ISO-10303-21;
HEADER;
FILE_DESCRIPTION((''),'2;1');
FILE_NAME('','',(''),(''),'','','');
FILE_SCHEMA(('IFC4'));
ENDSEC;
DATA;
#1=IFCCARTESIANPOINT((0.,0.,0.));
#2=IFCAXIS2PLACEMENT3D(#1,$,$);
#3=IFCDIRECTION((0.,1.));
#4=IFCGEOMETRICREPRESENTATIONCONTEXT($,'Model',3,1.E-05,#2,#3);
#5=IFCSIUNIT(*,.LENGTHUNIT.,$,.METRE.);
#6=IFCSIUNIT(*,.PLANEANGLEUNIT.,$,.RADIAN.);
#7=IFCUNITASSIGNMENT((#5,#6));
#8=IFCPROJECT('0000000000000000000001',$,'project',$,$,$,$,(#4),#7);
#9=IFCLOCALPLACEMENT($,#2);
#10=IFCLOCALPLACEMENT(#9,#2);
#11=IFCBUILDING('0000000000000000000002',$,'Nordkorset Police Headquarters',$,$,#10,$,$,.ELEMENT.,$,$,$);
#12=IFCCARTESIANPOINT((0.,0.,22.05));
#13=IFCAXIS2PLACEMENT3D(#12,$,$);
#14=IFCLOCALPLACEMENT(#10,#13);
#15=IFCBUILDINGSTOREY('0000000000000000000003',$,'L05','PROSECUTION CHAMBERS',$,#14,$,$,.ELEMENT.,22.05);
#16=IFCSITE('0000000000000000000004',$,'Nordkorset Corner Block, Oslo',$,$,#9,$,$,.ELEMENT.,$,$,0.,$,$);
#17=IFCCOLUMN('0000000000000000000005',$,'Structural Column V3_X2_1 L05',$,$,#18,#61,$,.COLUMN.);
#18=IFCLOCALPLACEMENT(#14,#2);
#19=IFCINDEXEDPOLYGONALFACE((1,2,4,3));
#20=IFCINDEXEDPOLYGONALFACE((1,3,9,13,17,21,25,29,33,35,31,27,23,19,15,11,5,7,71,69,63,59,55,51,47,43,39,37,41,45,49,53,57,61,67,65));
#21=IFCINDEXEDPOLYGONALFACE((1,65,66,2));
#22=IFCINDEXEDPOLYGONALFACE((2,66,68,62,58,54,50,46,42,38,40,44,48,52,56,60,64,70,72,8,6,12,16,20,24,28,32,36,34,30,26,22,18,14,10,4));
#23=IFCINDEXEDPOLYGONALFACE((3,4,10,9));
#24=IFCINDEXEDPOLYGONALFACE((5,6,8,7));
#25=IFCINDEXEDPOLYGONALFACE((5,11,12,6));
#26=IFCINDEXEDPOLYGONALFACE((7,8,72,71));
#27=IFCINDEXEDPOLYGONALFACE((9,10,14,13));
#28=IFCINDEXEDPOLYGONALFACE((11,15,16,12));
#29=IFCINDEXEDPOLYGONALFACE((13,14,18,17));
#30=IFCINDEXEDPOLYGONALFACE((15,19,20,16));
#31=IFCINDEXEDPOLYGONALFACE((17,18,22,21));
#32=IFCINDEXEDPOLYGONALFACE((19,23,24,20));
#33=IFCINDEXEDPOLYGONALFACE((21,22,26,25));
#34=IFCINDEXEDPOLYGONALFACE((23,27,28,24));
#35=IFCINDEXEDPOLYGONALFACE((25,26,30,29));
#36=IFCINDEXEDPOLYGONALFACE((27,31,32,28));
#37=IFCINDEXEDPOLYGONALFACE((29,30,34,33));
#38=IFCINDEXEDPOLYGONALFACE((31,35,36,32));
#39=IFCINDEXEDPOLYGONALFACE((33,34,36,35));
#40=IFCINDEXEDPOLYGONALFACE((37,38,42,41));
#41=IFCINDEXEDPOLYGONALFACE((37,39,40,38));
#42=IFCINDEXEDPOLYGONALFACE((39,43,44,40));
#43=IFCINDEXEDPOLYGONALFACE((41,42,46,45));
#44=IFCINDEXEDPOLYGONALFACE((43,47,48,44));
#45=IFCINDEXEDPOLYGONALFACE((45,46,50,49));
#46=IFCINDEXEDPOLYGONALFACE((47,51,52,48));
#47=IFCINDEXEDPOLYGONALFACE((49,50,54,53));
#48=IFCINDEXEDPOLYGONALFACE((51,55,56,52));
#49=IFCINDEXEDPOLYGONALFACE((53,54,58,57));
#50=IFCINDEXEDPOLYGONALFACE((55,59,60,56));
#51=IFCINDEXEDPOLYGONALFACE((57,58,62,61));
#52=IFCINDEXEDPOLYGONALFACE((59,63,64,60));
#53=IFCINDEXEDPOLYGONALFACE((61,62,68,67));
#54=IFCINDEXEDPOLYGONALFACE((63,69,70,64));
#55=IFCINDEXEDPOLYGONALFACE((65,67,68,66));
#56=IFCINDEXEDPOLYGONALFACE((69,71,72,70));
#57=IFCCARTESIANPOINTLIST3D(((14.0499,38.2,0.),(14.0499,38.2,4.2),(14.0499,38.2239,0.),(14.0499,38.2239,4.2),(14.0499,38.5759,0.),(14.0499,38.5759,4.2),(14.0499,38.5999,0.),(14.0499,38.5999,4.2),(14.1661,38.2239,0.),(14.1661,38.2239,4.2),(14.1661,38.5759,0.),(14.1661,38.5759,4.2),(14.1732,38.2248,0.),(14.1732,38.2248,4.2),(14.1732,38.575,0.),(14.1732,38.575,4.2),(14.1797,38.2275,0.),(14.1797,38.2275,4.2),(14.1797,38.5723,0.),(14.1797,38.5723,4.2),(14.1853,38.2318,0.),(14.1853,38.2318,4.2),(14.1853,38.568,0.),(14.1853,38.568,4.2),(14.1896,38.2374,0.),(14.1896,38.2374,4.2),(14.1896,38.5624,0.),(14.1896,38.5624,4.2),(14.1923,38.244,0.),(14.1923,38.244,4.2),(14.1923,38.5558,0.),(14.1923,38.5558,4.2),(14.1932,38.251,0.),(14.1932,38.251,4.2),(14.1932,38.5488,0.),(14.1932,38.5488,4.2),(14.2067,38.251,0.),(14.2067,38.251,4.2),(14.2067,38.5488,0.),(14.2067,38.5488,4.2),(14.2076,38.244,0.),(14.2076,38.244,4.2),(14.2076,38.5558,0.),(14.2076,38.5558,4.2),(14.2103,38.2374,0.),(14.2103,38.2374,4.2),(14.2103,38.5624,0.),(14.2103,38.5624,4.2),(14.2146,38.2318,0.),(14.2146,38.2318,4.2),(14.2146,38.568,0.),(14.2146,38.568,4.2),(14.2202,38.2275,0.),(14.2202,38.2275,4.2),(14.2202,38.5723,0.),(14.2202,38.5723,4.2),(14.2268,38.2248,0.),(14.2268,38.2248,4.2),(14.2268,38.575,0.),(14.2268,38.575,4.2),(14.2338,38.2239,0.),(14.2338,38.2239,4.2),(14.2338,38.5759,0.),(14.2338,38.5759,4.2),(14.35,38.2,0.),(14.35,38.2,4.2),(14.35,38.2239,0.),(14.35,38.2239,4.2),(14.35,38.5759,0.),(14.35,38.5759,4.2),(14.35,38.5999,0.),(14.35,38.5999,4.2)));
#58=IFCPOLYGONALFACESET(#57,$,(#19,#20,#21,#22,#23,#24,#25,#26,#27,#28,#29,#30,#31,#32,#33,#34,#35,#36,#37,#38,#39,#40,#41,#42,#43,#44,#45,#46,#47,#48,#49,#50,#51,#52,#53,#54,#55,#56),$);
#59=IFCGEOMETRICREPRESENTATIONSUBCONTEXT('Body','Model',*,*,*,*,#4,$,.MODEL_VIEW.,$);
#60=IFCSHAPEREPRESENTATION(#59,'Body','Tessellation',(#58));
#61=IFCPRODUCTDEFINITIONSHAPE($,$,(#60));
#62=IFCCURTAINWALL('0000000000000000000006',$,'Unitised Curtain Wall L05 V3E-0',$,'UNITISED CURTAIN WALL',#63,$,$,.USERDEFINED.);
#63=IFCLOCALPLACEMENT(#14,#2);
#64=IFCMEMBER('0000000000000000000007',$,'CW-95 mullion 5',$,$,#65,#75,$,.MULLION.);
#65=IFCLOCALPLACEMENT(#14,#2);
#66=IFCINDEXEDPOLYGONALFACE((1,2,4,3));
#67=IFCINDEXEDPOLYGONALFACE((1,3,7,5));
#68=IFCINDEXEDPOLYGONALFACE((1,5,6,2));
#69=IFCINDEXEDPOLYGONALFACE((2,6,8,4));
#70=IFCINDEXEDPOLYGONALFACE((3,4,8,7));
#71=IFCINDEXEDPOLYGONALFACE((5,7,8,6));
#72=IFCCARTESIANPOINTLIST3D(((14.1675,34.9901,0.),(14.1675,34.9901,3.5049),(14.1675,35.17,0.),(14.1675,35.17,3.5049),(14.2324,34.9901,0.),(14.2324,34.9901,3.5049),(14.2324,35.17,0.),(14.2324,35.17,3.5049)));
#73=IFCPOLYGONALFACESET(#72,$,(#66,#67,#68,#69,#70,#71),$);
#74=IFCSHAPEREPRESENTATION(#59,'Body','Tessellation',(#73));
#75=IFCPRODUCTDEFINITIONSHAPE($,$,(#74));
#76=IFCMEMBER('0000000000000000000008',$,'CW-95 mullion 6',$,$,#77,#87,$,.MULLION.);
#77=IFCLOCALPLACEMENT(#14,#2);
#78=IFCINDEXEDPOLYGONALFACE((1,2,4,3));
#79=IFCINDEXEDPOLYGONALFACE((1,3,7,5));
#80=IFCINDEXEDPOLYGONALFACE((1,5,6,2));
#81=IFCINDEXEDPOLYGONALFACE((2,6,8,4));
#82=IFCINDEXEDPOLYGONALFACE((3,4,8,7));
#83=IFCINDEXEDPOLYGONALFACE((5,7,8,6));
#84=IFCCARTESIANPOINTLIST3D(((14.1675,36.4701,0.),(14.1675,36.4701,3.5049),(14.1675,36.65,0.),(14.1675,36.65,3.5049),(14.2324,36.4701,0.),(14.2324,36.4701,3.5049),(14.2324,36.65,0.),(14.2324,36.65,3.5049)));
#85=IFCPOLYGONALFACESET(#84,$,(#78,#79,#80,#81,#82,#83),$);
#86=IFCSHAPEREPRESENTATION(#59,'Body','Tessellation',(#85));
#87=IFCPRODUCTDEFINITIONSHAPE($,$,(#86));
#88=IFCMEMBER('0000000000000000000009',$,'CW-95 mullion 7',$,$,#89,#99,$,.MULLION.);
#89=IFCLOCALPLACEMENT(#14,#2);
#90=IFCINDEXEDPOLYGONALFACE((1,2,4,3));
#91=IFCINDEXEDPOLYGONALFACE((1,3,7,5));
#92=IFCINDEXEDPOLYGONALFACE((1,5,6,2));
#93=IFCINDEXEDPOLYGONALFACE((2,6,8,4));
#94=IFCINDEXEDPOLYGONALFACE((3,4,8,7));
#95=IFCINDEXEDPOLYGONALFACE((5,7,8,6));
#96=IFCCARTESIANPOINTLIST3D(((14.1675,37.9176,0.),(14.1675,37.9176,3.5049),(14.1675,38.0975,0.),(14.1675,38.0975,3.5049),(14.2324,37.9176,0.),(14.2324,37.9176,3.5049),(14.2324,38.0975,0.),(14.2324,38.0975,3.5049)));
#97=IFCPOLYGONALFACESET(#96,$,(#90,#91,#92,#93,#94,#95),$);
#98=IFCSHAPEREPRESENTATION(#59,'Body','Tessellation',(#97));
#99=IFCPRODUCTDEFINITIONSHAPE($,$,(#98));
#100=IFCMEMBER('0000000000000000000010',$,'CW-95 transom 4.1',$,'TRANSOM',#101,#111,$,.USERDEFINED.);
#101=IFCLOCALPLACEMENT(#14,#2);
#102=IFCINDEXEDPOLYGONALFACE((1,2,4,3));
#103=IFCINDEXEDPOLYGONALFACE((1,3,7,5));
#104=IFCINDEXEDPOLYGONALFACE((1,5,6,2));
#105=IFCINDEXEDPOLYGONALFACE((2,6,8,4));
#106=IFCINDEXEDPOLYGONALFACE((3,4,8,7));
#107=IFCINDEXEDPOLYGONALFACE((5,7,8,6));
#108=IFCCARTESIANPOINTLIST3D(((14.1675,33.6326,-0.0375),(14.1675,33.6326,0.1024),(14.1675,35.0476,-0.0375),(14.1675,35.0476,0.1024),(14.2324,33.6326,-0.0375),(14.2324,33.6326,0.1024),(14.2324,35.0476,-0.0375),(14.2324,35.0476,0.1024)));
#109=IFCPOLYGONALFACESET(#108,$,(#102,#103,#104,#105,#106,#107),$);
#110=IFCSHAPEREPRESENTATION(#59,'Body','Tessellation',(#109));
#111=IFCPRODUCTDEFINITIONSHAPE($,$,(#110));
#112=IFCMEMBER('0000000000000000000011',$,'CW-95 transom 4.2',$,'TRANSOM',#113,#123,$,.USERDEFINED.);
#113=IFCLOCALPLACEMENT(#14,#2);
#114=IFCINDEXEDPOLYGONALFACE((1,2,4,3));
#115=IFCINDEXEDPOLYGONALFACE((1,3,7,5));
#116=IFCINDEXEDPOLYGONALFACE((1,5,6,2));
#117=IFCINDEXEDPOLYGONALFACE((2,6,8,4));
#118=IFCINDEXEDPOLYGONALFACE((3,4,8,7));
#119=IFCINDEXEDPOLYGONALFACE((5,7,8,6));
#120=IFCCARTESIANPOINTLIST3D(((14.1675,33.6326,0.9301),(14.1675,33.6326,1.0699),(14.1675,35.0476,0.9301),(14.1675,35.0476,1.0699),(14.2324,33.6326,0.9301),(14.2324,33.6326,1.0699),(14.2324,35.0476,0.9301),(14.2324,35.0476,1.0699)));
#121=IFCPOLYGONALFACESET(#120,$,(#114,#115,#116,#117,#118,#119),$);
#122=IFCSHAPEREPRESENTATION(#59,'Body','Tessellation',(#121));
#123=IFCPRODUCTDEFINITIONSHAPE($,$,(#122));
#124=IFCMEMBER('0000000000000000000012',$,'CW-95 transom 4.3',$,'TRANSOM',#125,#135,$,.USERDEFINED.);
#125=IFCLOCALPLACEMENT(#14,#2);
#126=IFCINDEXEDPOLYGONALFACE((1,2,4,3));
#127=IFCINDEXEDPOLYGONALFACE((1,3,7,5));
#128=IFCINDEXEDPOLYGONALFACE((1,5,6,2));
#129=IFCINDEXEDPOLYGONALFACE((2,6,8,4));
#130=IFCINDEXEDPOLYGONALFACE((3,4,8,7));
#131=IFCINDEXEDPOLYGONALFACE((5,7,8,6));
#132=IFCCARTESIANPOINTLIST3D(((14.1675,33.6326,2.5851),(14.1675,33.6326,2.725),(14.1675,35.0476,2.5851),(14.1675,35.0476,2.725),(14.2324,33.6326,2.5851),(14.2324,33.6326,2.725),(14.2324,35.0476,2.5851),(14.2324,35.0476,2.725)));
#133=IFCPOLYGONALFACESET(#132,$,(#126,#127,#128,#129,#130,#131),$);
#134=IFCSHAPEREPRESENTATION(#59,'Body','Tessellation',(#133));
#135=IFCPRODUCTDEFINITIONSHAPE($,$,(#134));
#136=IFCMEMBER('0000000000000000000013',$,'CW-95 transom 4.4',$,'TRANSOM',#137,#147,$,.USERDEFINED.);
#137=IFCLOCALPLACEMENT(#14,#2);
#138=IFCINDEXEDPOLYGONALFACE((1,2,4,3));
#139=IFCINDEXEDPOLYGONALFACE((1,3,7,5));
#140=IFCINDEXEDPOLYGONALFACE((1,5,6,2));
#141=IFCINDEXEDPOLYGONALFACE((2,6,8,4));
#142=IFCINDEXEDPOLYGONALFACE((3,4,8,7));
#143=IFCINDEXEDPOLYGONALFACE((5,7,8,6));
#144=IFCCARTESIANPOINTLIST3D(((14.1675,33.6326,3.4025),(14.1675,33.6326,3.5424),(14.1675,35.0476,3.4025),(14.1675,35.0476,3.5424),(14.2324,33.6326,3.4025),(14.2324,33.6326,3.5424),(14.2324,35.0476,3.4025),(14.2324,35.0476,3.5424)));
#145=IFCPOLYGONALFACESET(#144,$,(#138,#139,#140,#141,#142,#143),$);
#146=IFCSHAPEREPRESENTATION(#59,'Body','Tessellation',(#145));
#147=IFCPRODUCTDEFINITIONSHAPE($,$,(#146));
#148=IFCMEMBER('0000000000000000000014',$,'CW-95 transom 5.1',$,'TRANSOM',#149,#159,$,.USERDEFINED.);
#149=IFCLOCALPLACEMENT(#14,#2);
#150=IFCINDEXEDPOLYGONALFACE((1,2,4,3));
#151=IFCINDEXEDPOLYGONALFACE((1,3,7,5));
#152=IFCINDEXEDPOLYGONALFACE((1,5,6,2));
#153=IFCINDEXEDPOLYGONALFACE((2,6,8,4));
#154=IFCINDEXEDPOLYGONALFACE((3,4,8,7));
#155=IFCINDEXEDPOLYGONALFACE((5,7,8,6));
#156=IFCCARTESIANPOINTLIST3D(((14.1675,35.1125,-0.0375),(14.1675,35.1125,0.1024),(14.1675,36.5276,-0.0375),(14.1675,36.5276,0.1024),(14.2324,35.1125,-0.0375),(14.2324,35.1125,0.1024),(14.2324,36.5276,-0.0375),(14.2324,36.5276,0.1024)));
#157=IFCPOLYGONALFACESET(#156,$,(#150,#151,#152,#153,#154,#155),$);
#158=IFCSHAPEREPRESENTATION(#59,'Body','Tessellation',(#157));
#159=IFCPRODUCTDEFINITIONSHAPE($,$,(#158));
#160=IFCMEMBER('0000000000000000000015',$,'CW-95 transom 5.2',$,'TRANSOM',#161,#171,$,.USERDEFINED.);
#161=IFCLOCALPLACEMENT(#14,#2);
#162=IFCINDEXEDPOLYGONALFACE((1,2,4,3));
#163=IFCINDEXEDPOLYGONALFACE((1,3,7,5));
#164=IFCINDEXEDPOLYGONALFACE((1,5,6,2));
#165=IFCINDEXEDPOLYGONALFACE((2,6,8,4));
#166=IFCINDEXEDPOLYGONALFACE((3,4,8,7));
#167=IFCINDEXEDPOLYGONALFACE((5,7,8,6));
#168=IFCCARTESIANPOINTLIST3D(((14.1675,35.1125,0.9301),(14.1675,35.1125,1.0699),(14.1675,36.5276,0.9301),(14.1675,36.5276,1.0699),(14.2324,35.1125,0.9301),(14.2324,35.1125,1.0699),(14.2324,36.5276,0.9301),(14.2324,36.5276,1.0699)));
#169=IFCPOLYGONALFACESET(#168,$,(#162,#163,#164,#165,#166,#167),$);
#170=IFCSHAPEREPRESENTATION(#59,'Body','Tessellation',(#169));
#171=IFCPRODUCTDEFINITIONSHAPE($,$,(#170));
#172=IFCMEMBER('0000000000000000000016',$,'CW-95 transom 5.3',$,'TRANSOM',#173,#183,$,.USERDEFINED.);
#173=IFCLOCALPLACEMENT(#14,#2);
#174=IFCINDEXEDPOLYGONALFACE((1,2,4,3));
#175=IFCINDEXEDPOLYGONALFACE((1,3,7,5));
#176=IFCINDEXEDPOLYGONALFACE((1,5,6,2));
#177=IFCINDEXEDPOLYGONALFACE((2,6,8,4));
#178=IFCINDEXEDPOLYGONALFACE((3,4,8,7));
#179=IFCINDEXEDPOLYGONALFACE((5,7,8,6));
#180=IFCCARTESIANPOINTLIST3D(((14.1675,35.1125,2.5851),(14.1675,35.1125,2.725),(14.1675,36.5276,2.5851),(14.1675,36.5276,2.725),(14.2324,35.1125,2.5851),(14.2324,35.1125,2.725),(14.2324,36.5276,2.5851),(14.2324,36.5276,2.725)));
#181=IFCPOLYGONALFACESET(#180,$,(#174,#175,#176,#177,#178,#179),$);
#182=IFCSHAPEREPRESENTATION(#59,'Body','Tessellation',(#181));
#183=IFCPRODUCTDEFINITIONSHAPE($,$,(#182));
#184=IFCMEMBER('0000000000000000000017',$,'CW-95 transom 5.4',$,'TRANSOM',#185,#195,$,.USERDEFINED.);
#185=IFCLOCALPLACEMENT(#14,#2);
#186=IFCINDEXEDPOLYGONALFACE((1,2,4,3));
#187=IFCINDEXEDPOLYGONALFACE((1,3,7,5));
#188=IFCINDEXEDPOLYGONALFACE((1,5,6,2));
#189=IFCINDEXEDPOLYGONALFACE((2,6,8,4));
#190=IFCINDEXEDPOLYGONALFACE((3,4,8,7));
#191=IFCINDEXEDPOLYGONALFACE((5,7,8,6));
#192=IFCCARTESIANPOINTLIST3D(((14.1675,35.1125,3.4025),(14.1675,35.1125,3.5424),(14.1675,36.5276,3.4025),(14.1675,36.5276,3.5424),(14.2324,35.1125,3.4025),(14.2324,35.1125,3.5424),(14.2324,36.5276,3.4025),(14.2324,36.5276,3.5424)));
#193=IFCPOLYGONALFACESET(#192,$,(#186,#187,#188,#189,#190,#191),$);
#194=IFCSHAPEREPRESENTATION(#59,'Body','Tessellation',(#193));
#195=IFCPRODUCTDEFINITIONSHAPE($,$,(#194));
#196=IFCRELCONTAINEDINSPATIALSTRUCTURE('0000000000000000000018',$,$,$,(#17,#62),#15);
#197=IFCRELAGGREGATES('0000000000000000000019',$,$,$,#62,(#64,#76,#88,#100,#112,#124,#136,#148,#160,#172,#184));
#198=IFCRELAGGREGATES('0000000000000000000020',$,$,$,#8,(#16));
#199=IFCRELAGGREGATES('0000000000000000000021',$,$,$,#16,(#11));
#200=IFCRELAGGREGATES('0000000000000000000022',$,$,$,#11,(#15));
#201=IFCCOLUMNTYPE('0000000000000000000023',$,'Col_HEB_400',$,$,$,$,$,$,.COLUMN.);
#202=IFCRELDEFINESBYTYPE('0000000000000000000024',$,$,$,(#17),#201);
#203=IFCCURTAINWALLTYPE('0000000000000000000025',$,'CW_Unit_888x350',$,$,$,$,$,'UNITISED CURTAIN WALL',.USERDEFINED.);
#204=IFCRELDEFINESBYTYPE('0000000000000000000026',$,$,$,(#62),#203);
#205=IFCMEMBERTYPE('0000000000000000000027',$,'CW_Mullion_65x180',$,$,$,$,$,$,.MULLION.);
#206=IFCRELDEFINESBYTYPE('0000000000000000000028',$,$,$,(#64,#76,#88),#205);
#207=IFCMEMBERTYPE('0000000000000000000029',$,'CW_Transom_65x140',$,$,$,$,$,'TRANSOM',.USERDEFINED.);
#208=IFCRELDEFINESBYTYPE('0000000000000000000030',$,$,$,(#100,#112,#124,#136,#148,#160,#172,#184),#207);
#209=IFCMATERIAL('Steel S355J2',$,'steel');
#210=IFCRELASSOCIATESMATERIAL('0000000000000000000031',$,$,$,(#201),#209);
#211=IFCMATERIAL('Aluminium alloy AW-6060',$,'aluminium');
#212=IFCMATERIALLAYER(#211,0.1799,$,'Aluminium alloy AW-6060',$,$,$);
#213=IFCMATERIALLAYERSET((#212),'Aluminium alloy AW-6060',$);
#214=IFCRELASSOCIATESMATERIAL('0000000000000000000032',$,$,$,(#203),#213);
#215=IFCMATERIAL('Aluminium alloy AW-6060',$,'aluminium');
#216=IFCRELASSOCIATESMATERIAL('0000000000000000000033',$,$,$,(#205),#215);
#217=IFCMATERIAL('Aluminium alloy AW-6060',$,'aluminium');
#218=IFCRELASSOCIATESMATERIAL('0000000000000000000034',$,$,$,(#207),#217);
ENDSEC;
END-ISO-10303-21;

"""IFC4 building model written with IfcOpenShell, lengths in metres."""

from ifc_helpers import new_model, si_unit, direction, frame, origin, origin_2d, place, context, subcontext, project, spatial, rectangle, i_section, extrude, material, layer, layer_set, material_profile, profile_set, type_object, element, aggregate, save


model = new_model("IFC4")

# Units and contexts
model_context = context("Model", 3, precision=1e-05, world=origin(), true_north=direction((0.0, 1.0)))
body_context = subcontext(model_context, "Body", "Model", "MODEL_VIEW")
ifc_project = project(units=[si_unit("LENGTHUNIT", "METRE"), si_unit("PLANEANGLEUNIT", "RADIAN")], contexts=[model_context])

# Site, building, storey
site_placement = place(None, origin())
site = spatial("IfcSite", under=ifc_project, at=site_placement, Name="Nordkorset Corner Block, Oslo", CompositionType="ELEMENT", RefElevation=0.0)
building_placement = place(site_placement, origin())
building = spatial("IfcBuilding", under=site, at=building_placement, Name="Nordkorset Police Headquarters", CompositionType="ELEMENT")
storey_placement = place(building_placement, frame((0.0, 0.0, 22.05)))
storey = spatial("IfcBuildingStorey", under=building, at=storey_placement, Name="L05", Description="PROSECUTION CHAMBERS", CompositionType="ELEMENT", Elevation=22.05)

# Column
ifc_material_1 = material(Name="Steel S355J2", Category="steel")
ifc_material_profile_1 = material_profile(ifc_material_1, i_section(OverallWidth=0.3, OverallDepth=0.3999, WebThickness=0.0134, FlangeThickness=0.0239, FilletRadius=0.0271, at=origin_2d()), Name="HEB 400")
ifc_profile_set_1 = profile_set([ifc_material_profile_1], Name="Steel S355J2")
column_type = type_object("IfcColumnType", Name="Col_HEB_400", PredefinedType="COLUMN", material=ifc_profile_set_1)
column_placement = place(storey_placement, frame((14.2, 38.3999, 0.0), z_axis=(0.0, 0.0, 1.0), x_axis=(1.0, 0.0, 0.0)))
element("IfcColumn", 1, at=column_placement, inside=storey, type_object=column_type, Name="Structural Column V3_X2_1 L05", PredefinedType="COLUMN", context=body_context, shape_type="SweptSolid", body=[
    extrude(i_section(OverallWidth=0.3, OverallDepth=0.3999, WebThickness=0.0134, FlangeThickness=0.0239, FilletRadius=0.0271, at=origin_2d()), origin(), (0.0, 0.0, 1.0), 4.2),
])

# Curtain wall, members
ifc_material_2 = material(Name="Aluminium alloy AW-6060", Category="aluminium")
ifc_layer_1 = layer(ifc_material_2, 0.1799, Name="Aluminium alloy AW-6060")
ifc_layer_set_1 = layer_set([ifc_layer_1], Name="Aluminium alloy AW-6060")
curtain_wall_type = type_object("IfcCurtainWallType", Name="CW_Unit_888x350", ElementType="UNITISED CURTAIN WALL", PredefinedType="USERDEFINED", material=ifc_layer_set_1)
curtain_wall_placement = place(storey_placement, origin())
curtain_wall = element("IfcCurtainWall", 2, at=curtain_wall_placement, inside=storey, type_object=curtain_wall_type, Name="Unitised Curtain Wall L05 V3E-0", ObjectType="UNITISED CURTAIN WALL", PredefinedType="USERDEFINED")
ifc_material_3 = material(Name="Aluminium alloy AW-6060", Category="aluminium")
ifc_material_profile_2 = material_profile(ifc_material_3, rectangle(XDim=0.0649, YDim=0.1799, at=origin_2d()), Name="ALU MULL 65x180")
ifc_profile_set_2 = profile_set([ifc_material_profile_2], Name="Aluminium alloy AW-6060")
member_type_1 = type_object("IfcMemberType", Name="CW_Mullion_65x180", PredefinedType="MULLION", material=ifc_profile_set_2)
member_1_placement = place(storey_placement, frame((14.2, 35.0801, 0.0), z_axis=(0.0, 0.0, 1.0), x_axis=(-1.0, 0.0, 0.0)))
member_1 = element("IfcMember", 3, at=member_1_placement, type_object=member_type_1, Name="CW-95 mullion 5", PredefinedType="MULLION", context=body_context, shape_type="SweptSolid", body=[
    extrude(rectangle(XDim=0.0649, YDim=0.1799, at=origin_2d()), origin(), (0.0, 0.0, 1.0), 3.5049),
])
member_2_placement = place(storey_placement, frame((14.2, 36.5601, 0.0), z_axis=(0.0, 0.0, 1.0), x_axis=(-1.0, 0.0, 0.0)))
member_2 = element("IfcMember", 4, at=member_2_placement, type_object=member_type_1, Name="CW-95 mullion 6", PredefinedType="MULLION", context=body_context, shape_type="SweptSolid", body=[
    extrude(rectangle(XDim=0.0649, YDim=0.1799, at=origin_2d()), origin(), (0.0, 0.0, 1.0), 3.5049),
])
member_3_placement = place(storey_placement, frame((14.2, 38.0076, 0.0), z_axis=(0.0, 0.0, 1.0), x_axis=(-1.0, 0.0, 0.0)))
member_3 = element("IfcMember", 5, at=member_3_placement, type_object=member_type_1, Name="CW-95 mullion 7", PredefinedType="MULLION", context=body_context, shape_type="SweptSolid", body=[
    extrude(rectangle(XDim=0.0649, YDim=0.1799, at=origin_2d()), origin(), (0.0, 0.0, 1.0), 3.5049),
])
ifc_material_4 = material(Name="Aluminium alloy AW-6060", Category="aluminium")
ifc_material_profile_3 = material_profile(ifc_material_4, rectangle(XDim=0.0649, YDim=0.1399, at=origin_2d()), Name="ALU TRAN 65x140")
ifc_profile_set_3 = profile_set([ifc_material_profile_3], Name="Aluminium alloy AW-6060")
member_type_2 = type_object("IfcMemberType", Name="CW_Transom_65x140", ElementType="TRANSOM", PredefinedType="USERDEFINED", material=ifc_profile_set_3)
member_4_placement = place(storey_placement, frame((14.2, 33.6326, 0.0325), z_axis=(0.0, 1.0, 0.0), x_axis=(-1.0, 0.0, 0.0)))
member_4 = element("IfcMember", 6, at=member_4_placement, type_object=member_type_2, Name="CW-95 transom 4.1", ObjectType="TRANSOM", PredefinedType="USERDEFINED", context=body_context, shape_type="SweptSolid", body=[
    extrude(rectangle(XDim=0.0649, YDim=0.1399, at=origin_2d()), origin(), (0.0, 0.0, 1.0), 1.415),
])
member_5_placement = place(storey_placement, frame((14.2, 33.6326, 1.0), z_axis=(0.0, 1.0, 0.0), x_axis=(-1.0, 0.0, 0.0)))
member_5 = element("IfcMember", 7, at=member_5_placement, type_object=member_type_2, Name="CW-95 transom 4.2", ObjectType="TRANSOM", PredefinedType="USERDEFINED", context=body_context, shape_type="SweptSolid", body=[
    extrude(rectangle(XDim=0.0649, YDim=0.1399, at=origin_2d()), origin(), (0.0, 0.0, 1.0), 1.415),
])
member_6_placement = place(storey_placement, frame((14.2, 33.6326, 2.655), z_axis=(0.0, 1.0, 0.0), x_axis=(-1.0, 0.0, 0.0)))
member_6 = element("IfcMember", 8, at=member_6_placement, type_object=member_type_2, Name="CW-95 transom 4.3", ObjectType="TRANSOM", PredefinedType="USERDEFINED", context=body_context, shape_type="SweptSolid", body=[
    extrude(rectangle(XDim=0.0649, YDim=0.1399, at=origin_2d()), origin(), (0.0, 0.0, 1.0), 1.415),
])
member_7_placement = place(storey_placement, frame((14.2, 33.6326, 3.4724), z_axis=(0.0, 1.0, 0.0), x_axis=(-1.0, 0.0, 0.0)))
member_7 = element("IfcMember", 9, at=member_7_placement, type_object=member_type_2, Name="CW-95 transom 4.4", ObjectType="TRANSOM", PredefinedType="USERDEFINED", context=body_context, shape_type="SweptSolid", body=[
    extrude(rectangle(XDim=0.0649, YDim=0.1399, at=origin_2d()), origin(), (0.0, 0.0, 1.0), 1.415),
])
member_8_placement = place(storey_placement, frame((14.2, 35.1125, 0.0325), z_axis=(0.0, 1.0, 0.0), x_axis=(-1.0, 0.0, 0.0)))
member_8 = element("IfcMember", 10, at=member_8_placement, type_object=member_type_2, Name="CW-95 transom 5.1", ObjectType="TRANSOM", PredefinedType="USERDEFINED", context=body_context, shape_type="SweptSolid", body=[
    extrude(rectangle(XDim=0.0649, YDim=0.1399, at=origin_2d()), origin(), (0.0, 0.0, 1.0), 1.415),
])
member_9_placement = place(storey_placement, frame((14.2, 35.1125, 1.0), z_axis=(0.0, 1.0, 0.0), x_axis=(-1.0, 0.0, 0.0)))
member_9 = element("IfcMember", 11, at=member_9_placement, type_object=member_type_2, Name="CW-95 transom 5.2", ObjectType="TRANSOM", PredefinedType="USERDEFINED", context=body_context, shape_type="SweptSolid", body=[
    extrude(rectangle(XDim=0.0649, YDim=0.1399, at=origin_2d()), origin(), (0.0, 0.0, 1.0), 1.415),
])
member_10_placement = place(storey_placement, frame((14.2, 35.1125, 2.655), z_axis=(0.0, 1.0, 0.0), x_axis=(-1.0, 0.0, 0.0)))
member_10 = element("IfcMember", 12, at=member_10_placement, type_object=member_type_2, Name="CW-95 transom 5.3", ObjectType="TRANSOM", PredefinedType="USERDEFINED", context=body_context, shape_type="SweptSolid", body=[
    extrude(rectangle(XDim=0.0649, YDim=0.1399, at=origin_2d()), origin(), (0.0, 0.0, 1.0), 1.415),
])
member_11_placement = place(storey_placement, frame((14.2, 35.1125, 3.4724), z_axis=(0.0, 1.0, 0.0), x_axis=(-1.0, 0.0, 0.0)))
member_11 = element("IfcMember", 13, at=member_11_placement, type_object=member_type_2, Name="CW-95 transom 5.4", ObjectType="TRANSOM", PredefinedType="USERDEFINED", context=body_context, shape_type="SweptSolid", body=[
    extrude(rectangle(XDim=0.0649, YDim=0.1399, at=origin_2d()), origin(), (0.0, 0.0, 1.0), 1.415),
])

aggregate(curtain_wall, [member_1, member_2, member_3, member_4, member_5, member_6, member_7, member_8, member_9, member_10, member_11])

save(model, "model.ifc")
